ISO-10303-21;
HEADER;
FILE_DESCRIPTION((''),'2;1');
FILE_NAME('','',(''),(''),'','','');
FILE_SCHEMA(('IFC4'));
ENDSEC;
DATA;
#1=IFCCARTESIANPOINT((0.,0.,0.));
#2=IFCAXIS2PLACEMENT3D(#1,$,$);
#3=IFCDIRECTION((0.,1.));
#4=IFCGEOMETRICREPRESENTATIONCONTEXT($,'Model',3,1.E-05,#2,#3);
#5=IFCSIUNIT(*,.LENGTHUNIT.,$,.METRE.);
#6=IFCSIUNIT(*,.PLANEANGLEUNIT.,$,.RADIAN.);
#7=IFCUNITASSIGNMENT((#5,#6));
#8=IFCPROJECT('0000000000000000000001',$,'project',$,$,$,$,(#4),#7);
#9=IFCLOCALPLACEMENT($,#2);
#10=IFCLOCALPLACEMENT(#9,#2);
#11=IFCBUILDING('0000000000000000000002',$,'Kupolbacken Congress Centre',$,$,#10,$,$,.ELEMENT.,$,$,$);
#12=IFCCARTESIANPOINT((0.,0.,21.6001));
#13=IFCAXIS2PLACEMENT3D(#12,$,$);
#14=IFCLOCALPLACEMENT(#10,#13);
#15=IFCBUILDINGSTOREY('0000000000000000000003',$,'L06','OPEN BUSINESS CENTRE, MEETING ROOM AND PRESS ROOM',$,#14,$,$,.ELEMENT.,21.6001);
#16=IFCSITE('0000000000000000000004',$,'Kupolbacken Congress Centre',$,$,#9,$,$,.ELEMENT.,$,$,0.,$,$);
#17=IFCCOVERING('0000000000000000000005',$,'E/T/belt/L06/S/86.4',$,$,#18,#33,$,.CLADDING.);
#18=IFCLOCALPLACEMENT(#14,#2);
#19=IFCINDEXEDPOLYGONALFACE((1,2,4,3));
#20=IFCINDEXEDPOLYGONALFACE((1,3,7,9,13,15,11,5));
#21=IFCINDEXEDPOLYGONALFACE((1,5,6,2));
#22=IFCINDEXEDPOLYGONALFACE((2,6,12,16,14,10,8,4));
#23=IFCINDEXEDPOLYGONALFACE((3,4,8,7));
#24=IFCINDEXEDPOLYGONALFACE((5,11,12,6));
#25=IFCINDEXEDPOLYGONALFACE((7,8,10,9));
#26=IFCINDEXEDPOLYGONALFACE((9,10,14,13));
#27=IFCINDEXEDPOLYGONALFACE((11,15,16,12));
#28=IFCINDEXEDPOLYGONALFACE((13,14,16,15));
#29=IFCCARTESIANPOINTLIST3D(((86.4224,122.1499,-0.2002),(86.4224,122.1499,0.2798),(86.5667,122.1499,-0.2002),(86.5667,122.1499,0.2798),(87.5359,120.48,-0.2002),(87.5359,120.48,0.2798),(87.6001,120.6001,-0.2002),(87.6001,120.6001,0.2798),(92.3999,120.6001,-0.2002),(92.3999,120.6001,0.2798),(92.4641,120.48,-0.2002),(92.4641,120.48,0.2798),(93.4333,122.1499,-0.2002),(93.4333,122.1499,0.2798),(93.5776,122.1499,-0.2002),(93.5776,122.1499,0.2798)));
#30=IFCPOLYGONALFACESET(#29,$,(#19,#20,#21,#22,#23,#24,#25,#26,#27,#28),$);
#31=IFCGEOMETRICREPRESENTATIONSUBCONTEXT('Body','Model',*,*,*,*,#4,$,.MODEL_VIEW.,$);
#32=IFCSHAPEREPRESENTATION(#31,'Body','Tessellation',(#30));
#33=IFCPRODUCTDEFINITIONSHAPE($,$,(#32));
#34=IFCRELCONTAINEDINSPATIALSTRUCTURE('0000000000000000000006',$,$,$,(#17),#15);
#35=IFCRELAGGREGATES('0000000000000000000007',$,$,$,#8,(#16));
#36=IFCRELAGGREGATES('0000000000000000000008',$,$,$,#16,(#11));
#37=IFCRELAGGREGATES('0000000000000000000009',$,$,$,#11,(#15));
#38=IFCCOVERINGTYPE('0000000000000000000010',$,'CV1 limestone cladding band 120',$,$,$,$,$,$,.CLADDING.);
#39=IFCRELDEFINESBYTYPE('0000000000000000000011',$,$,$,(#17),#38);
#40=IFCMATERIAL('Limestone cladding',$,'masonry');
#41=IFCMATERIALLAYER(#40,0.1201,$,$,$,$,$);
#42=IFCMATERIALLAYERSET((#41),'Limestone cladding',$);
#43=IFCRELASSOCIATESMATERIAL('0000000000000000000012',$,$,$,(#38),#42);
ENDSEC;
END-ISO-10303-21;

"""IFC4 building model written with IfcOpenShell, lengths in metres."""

from ifc_helpers import new_model, si_unit, direction, frame, origin, place, context, subcontext, project, spatial, polyline, outline, extrude, material, layer, layer_set, type_object, element, save


model = new_model("IFC4")

# Units and contexts
model_context = context("Model", 3, precision=1e-05, world=origin(), true_north=direction((0.0, 1.0)))
body_context = subcontext(model_context, "Body", "Model", "MODEL_VIEW")
ifc_project = project(units=[si_unit("LENGTHUNIT", "METRE"), si_unit("PLANEANGLEUNIT", "RADIAN")], contexts=[model_context])

# Site, building, storey
site_placement = place(None, origin())
site = spatial("IfcSite", under=ifc_project, at=site_placement, Name="Kupolbacken Congress Centre", CompositionType="ELEMENT", RefElevation=0.0)
building_placement = place(site_placement, origin())
building = spatial("IfcBuilding", under=site, at=building_placement, Name="Kupolbacken Congress Centre", CompositionType="ELEMENT")
storey_placement = place(building_placement, frame((0.0, 0.0, 21.6001)))
storey = spatial("IfcBuildingStorey", under=building, at=storey_placement, Name="L06", Description="OPEN BUSINESS CENTRE, MEETING ROOM AND PRESS ROOM", CompositionType="ELEMENT", Elevation=21.6001)

# Covering
ifc_material_1 = material(Name="Limestone cladding", Category="masonry")
ifc_layer_1 = layer(ifc_material_1, 0.1201)
ifc_layer_set_1 = layer_set([ifc_layer_1], Name="Limestone cladding")
covering_type = type_object("IfcCoveringType", Name="CV1 limestone cladding band 120", PredefinedType="CLADDING", material=ifc_layer_set_1)
covering_1_placement = place(storey_placement, frame((0.0, 0.0, -0.2002)))
element("IfcCovering", 1, at=covering_1_placement, inside=storey, type_object=covering_type, Name="E/T/belt/L06/S/86.4", PredefinedType="CLADDING", context=body_context, shape_type="SweptSolid", body=[
    extrude(outline(polyline([(93.5776, 122.1499), (93.4333, 122.1499), (92.3999, 120.6001), (87.6001, 120.6001), (86.5667, 122.1499), (86.4224, 122.1499), (87.5359, 120.48), (92.4641, 120.48), (93.5776, 122.1499)])), origin(), (0.0, 0.0, 1.0), 0.48),
])

save(model, "model.ifc")
